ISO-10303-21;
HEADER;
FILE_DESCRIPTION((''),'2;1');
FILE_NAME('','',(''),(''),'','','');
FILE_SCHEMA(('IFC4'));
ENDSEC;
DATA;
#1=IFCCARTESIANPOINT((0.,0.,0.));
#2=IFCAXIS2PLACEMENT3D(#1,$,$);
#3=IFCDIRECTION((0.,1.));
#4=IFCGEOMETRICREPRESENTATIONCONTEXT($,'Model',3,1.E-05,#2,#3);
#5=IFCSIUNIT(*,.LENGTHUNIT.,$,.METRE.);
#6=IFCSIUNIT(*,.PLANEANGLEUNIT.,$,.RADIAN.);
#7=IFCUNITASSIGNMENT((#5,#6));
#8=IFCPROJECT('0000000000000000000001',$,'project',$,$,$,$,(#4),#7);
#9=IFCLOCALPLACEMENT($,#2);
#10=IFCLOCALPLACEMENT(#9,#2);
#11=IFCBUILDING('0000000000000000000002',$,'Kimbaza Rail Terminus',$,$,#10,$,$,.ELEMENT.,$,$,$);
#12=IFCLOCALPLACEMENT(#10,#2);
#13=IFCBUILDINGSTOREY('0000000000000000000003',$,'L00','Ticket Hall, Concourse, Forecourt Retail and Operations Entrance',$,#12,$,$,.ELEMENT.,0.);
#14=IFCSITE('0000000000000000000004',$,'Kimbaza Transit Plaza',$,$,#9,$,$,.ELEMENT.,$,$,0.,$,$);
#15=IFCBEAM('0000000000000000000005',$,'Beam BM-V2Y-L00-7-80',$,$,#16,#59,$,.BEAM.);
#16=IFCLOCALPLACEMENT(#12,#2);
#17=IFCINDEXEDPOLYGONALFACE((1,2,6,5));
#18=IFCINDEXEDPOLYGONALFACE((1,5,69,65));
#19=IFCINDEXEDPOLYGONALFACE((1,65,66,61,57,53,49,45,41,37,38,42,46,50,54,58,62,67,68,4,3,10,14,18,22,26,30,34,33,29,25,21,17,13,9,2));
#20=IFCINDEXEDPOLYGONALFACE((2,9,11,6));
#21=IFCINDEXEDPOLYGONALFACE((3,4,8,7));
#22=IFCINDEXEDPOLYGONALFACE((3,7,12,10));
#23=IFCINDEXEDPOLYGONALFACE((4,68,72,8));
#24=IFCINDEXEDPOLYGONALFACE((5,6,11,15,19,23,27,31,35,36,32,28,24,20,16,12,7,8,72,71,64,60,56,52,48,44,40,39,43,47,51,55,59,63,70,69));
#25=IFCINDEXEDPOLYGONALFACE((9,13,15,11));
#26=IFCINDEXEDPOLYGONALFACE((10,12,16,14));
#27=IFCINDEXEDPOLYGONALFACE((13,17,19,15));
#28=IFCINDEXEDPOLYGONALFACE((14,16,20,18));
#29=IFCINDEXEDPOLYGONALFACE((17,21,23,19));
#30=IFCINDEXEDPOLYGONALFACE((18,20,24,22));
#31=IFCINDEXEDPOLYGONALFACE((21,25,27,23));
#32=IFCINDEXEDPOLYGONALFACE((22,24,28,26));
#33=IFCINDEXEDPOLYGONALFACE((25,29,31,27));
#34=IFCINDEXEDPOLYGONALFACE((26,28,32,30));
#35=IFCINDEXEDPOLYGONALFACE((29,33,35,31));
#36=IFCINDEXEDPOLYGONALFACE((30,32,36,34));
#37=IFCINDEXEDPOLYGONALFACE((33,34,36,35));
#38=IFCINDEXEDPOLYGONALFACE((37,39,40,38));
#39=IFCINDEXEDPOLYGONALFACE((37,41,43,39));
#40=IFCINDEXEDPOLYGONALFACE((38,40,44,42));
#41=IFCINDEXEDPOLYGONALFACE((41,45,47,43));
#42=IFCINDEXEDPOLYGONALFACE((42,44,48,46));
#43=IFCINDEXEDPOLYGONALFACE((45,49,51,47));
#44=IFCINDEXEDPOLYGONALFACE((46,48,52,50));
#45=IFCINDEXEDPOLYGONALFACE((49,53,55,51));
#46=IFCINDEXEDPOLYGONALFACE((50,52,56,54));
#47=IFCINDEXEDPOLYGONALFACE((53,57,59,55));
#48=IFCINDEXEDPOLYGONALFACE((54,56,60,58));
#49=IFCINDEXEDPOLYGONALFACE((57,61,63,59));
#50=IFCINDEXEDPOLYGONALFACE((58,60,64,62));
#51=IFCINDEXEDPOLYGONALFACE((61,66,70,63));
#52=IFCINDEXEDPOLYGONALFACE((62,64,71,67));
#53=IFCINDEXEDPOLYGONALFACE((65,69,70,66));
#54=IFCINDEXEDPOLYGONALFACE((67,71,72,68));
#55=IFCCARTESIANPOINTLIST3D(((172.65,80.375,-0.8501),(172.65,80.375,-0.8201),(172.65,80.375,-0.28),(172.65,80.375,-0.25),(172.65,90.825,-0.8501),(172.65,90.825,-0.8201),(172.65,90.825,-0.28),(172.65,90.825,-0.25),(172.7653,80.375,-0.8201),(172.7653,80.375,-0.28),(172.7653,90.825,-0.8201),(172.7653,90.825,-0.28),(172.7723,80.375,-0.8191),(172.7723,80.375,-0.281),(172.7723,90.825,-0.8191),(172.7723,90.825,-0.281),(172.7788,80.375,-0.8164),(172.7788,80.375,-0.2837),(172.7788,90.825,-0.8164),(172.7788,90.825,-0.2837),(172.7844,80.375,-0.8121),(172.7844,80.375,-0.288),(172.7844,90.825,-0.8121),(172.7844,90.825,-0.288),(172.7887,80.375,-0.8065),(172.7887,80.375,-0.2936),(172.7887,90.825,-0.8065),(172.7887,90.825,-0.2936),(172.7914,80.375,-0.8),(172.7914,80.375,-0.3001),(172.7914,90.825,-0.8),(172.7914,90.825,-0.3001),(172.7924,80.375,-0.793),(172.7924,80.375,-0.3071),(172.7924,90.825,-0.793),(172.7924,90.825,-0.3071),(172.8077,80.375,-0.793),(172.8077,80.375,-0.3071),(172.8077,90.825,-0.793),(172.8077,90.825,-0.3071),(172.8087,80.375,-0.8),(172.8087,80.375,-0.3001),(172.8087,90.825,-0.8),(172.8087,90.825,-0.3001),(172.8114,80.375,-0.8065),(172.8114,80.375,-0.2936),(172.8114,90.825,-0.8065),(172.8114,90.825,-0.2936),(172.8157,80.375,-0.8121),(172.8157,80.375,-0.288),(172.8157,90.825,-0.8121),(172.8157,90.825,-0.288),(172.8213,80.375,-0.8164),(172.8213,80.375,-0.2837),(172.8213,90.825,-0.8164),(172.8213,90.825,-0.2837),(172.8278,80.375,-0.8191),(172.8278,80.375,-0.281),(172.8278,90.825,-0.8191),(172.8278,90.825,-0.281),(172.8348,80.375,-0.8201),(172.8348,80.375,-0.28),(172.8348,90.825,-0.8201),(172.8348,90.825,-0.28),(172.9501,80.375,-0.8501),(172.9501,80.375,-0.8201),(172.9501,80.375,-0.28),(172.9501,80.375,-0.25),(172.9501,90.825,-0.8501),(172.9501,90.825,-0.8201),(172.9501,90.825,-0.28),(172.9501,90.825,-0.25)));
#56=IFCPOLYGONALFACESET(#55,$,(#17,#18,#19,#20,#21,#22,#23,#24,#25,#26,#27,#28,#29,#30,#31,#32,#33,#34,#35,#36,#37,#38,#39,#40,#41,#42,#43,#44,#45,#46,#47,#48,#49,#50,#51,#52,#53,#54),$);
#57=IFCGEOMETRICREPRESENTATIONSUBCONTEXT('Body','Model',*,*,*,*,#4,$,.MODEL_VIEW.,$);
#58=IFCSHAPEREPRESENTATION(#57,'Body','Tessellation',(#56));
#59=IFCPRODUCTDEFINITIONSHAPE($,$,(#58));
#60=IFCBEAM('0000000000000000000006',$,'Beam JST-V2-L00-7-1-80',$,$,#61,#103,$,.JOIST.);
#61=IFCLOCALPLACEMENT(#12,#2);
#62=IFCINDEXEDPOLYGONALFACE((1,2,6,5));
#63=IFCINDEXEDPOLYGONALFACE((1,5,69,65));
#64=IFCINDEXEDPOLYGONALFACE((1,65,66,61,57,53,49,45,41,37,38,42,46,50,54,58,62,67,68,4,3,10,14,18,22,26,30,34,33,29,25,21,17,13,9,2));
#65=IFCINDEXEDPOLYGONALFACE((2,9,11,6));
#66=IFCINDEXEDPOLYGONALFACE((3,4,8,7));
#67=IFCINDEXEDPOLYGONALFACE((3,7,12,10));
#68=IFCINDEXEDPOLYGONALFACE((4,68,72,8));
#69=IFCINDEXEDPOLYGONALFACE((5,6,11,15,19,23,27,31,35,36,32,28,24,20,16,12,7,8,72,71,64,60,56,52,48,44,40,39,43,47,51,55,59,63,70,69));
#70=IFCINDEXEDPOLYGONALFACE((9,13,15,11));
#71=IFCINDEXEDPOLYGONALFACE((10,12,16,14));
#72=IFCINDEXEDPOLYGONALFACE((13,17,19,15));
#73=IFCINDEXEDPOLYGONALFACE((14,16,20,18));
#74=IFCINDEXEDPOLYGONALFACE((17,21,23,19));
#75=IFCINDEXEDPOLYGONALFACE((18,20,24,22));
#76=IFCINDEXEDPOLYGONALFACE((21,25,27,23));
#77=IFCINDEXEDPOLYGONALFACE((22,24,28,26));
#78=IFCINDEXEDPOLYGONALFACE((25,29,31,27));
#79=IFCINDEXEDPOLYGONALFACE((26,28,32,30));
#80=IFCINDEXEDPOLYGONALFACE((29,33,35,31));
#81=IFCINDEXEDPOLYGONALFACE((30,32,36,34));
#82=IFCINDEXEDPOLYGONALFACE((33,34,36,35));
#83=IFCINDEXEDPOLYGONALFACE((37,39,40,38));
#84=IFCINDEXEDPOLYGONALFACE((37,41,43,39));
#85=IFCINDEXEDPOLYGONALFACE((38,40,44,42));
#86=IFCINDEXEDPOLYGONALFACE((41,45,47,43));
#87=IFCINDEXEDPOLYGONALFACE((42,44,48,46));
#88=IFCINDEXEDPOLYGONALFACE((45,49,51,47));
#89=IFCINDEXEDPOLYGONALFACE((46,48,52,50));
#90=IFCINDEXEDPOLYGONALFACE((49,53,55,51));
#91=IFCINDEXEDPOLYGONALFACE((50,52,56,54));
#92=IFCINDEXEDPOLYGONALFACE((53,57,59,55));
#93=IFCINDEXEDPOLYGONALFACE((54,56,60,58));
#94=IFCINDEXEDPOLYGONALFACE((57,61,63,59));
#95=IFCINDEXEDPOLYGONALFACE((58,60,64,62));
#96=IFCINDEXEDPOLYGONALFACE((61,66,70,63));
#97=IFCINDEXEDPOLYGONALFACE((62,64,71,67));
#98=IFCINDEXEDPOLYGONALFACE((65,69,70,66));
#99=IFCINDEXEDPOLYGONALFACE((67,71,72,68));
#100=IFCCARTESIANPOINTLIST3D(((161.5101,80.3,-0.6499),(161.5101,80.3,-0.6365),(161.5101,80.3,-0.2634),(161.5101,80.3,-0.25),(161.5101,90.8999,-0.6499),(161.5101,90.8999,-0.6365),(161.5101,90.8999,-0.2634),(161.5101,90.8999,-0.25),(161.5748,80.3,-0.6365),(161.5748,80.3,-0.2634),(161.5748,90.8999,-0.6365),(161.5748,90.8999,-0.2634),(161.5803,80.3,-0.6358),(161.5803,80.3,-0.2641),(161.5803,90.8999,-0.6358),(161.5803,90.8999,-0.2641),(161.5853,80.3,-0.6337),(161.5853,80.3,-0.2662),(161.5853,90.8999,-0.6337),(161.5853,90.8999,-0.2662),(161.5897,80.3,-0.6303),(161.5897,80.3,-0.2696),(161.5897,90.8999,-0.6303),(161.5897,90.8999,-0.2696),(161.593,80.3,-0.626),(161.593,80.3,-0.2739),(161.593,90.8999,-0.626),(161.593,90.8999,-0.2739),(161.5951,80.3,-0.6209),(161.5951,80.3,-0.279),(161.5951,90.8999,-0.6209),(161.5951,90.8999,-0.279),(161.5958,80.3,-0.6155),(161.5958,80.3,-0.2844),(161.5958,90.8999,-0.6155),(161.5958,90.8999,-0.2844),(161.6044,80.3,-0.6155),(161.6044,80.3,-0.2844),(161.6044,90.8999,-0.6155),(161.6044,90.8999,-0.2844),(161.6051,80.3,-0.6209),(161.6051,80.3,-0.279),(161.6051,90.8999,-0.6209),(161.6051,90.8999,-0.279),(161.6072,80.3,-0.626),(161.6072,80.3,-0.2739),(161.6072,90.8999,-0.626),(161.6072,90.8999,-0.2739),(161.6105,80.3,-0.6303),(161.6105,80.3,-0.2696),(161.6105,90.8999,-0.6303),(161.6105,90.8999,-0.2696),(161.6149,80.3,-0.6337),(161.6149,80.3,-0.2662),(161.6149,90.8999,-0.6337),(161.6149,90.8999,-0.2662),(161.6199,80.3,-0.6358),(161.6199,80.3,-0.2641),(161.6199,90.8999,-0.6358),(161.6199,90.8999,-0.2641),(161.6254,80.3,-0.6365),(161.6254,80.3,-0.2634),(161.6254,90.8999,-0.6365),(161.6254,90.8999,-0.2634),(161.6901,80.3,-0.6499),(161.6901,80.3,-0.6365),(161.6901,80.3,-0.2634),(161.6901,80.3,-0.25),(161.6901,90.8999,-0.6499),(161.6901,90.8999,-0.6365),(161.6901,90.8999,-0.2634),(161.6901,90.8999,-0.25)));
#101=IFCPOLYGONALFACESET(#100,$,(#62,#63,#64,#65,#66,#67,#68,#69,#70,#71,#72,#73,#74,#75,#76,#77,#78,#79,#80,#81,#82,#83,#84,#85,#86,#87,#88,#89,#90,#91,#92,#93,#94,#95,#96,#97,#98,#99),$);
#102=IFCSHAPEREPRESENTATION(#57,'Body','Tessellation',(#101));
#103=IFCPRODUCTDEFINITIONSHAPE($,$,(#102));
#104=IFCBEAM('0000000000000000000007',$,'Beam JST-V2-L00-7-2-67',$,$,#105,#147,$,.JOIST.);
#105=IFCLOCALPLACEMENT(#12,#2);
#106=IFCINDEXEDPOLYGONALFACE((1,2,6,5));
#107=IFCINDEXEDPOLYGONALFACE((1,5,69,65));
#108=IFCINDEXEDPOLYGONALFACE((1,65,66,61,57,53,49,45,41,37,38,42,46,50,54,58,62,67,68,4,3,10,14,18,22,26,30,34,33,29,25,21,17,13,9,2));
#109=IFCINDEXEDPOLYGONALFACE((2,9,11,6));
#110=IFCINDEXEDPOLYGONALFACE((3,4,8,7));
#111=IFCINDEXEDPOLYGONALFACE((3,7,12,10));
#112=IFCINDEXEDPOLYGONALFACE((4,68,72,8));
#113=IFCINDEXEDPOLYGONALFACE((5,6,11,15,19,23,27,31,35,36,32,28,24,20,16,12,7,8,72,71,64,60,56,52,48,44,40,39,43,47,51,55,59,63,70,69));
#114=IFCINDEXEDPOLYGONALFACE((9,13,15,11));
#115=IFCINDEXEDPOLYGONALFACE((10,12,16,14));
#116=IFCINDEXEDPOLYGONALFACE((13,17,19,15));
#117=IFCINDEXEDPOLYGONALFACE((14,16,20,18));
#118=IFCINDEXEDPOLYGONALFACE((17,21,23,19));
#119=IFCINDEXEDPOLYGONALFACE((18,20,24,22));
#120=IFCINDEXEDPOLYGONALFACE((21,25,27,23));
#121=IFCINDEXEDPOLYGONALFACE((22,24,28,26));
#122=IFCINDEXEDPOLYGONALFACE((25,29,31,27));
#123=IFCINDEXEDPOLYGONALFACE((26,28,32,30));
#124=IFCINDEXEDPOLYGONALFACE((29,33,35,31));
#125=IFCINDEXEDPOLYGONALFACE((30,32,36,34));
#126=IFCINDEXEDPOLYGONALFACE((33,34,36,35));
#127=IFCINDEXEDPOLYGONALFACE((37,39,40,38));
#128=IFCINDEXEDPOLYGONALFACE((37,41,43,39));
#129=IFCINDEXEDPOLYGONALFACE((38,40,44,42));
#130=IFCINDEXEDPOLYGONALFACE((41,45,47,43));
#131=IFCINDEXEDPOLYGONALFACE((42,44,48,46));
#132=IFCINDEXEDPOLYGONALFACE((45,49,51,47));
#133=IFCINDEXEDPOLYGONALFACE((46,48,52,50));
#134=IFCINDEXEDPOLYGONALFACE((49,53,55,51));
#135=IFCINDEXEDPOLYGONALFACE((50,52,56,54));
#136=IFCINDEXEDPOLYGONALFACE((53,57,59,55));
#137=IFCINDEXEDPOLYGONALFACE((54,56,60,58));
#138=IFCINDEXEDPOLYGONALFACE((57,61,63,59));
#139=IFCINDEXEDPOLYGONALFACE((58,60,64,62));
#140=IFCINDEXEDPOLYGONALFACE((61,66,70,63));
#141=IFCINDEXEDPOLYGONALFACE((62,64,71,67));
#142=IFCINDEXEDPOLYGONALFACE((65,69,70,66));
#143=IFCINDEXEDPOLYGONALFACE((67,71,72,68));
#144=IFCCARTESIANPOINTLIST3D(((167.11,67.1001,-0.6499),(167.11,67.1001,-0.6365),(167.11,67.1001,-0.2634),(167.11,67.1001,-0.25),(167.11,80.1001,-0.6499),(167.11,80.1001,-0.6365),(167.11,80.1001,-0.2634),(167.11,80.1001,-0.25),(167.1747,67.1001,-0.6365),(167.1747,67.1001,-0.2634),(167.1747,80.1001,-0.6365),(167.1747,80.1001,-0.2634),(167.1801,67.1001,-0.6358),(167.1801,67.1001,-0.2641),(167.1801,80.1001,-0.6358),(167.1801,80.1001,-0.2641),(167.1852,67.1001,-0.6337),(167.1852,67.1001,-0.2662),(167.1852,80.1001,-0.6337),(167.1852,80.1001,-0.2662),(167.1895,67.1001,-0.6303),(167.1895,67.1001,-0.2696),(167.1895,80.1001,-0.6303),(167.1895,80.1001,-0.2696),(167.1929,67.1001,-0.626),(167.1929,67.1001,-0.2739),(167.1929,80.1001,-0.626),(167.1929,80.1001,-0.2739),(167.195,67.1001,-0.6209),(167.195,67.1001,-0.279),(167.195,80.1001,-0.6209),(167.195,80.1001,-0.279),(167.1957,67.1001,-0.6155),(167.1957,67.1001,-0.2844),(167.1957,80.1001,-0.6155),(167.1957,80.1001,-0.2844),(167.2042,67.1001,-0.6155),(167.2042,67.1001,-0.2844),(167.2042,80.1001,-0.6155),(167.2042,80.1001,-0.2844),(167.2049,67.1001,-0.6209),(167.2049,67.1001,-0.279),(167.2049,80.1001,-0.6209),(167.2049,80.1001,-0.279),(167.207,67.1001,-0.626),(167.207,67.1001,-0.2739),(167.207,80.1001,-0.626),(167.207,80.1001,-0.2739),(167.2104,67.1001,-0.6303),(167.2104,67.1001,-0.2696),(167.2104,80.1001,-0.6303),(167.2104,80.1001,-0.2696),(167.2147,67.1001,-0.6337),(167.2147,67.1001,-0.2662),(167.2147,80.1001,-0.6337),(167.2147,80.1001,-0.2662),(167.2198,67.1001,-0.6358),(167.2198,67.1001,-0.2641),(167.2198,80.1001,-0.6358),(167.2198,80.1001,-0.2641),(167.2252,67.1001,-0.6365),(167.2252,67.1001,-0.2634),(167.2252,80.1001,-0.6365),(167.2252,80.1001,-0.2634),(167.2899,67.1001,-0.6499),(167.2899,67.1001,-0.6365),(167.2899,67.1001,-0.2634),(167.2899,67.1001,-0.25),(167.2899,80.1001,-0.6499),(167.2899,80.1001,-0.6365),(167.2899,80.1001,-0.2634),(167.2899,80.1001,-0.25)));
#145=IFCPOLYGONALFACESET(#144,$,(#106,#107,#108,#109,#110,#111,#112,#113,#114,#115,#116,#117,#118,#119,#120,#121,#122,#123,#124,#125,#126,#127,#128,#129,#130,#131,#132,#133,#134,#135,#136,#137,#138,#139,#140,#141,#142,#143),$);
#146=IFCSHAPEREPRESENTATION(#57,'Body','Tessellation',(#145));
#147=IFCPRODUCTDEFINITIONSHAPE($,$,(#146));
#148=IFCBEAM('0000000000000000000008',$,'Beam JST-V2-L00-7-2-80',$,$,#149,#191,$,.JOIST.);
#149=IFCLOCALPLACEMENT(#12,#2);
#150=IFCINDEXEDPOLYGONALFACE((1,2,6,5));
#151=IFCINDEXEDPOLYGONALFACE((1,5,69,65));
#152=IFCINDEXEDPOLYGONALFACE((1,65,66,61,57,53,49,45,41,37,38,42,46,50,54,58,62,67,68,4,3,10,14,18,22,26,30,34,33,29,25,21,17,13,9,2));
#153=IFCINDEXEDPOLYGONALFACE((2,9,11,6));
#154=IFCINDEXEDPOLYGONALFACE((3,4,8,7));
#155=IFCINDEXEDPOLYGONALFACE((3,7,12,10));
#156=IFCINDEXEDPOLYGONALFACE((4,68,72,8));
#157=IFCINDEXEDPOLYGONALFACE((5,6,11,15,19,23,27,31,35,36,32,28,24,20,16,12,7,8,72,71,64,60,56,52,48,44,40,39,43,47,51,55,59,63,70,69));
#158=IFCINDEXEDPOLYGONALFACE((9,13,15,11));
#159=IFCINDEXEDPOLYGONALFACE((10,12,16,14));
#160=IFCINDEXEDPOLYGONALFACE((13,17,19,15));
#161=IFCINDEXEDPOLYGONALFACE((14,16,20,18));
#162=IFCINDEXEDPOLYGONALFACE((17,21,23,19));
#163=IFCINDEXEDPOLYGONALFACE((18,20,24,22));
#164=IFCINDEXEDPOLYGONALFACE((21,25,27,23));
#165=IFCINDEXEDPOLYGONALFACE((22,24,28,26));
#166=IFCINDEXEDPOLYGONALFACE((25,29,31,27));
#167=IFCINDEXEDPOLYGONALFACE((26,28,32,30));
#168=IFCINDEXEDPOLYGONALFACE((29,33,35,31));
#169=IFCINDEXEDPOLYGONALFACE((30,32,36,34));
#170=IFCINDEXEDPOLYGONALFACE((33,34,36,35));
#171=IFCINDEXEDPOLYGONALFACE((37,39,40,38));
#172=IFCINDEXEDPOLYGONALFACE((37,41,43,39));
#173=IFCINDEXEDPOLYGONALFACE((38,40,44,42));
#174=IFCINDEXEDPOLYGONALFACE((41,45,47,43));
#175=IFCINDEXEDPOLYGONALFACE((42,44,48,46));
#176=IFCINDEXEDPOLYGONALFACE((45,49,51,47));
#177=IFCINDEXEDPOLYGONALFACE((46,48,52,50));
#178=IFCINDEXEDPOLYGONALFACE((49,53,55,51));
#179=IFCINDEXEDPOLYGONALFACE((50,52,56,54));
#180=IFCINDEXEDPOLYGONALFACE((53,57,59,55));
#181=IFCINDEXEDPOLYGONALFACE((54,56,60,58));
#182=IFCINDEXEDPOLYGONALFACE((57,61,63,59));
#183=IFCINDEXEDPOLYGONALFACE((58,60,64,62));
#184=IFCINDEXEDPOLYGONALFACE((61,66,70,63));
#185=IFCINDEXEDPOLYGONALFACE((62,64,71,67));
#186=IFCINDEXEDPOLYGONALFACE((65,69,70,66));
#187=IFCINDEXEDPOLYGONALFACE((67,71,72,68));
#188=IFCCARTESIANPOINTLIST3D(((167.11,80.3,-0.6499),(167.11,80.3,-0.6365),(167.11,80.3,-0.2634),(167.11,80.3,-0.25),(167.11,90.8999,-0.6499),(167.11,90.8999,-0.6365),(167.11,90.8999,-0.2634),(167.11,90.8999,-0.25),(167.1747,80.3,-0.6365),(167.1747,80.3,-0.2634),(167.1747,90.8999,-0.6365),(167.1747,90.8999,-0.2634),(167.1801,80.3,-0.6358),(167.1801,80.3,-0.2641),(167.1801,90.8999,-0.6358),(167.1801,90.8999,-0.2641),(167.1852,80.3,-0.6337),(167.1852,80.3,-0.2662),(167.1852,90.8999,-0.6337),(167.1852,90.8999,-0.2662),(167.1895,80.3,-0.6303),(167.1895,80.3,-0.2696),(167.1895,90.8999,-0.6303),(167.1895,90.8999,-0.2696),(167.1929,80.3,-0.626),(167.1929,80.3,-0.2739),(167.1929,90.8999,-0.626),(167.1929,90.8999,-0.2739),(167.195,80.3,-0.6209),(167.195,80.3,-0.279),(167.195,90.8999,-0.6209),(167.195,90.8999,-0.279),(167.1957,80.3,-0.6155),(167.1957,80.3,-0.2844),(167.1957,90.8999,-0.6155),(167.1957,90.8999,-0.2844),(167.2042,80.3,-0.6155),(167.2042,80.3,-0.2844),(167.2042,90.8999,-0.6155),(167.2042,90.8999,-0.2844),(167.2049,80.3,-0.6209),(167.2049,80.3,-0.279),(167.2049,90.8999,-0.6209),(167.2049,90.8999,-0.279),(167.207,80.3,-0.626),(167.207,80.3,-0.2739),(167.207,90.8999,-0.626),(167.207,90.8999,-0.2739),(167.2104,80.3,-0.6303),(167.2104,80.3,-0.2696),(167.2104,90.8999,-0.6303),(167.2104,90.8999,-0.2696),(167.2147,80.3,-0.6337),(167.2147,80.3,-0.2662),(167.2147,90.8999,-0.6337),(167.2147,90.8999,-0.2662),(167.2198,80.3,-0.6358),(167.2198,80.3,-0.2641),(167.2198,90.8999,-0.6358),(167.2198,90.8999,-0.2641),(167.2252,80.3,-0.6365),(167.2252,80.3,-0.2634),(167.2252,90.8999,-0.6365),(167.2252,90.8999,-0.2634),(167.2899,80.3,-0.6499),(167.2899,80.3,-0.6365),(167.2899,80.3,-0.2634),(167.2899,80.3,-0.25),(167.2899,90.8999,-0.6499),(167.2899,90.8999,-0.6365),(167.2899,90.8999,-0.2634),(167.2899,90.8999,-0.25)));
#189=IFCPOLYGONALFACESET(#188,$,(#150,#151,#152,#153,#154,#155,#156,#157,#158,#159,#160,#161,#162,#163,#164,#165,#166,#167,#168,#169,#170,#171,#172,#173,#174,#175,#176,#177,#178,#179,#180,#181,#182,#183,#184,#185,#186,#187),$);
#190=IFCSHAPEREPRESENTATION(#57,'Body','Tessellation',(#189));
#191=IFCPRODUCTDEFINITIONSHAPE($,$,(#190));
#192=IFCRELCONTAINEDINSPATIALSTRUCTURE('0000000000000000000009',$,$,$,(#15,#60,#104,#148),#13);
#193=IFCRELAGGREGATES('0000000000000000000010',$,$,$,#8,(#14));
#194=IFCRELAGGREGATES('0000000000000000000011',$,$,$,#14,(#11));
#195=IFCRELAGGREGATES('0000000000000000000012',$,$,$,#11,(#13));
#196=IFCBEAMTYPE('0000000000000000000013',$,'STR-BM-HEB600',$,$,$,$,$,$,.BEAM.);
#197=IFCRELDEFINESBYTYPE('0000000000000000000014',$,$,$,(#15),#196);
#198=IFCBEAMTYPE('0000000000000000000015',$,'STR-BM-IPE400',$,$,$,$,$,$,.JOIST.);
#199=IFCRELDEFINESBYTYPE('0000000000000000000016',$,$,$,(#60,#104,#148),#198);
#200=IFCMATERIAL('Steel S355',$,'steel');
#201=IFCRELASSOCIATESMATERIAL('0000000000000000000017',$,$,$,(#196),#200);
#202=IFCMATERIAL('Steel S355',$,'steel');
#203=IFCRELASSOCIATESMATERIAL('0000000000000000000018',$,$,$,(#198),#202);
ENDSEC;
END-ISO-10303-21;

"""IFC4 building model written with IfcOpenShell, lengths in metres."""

from ifc_helpers import new_model, si_unit, direction, frame, origin, origin_2d, place, context, subcontext, project, spatial, i_section, extrude, material, material_profile, profile_set, type_object, element, save


model = new_model("IFC4")

# Units and contexts
model_context = context("Model", 3, precision=1e-05, world=origin(), true_north=direction((0.0, 1.0)))
body_context = subcontext(model_context, "Body", "Model", "MODEL_VIEW")
ifc_project = project(units=[si_unit("LENGTHUNIT", "METRE"), si_unit("PLANEANGLEUNIT", "RADIAN")], contexts=[model_context])

# Site, building, storey
site_placement = place(None, origin())
site = spatial("IfcSite", under=ifc_project, at=site_placement, Name="Kimbaza Transit Plaza", CompositionType="ELEMENT", RefElevation=0.0)
building_placement = place(site_placement, origin())
building = spatial("IfcBuilding", under=site, at=building_placement, Name="Kimbaza Rail Terminus", CompositionType="ELEMENT")
storey_placement = place(building_placement, origin())
storey = spatial("IfcBuildingStorey", under=building, at=storey_placement, Name="L00", Description="Ticket Hall, Concourse, Forecourt Retail and Operations Entrance", CompositionType="ELEMENT", Elevation=0.0)

# Beams
ifc_material_1 = material(Name="Steel S355", Category="steel")
ifc_material_profile_1 = material_profile(ifc_material_1, i_section(OverallWidth=0.3, OverallDepth=0.6001, WebThickness=0.0154, FlangeThickness=0.03, FilletRadius=0.0271, at=origin_2d()), Name="HEB 600")
ifc_profile_set_1 = profile_set([ifc_material_profile_1], Name="Steel S355")
beam_type_1 = type_object("IfcBeamType", Name="STR-BM-HEB600", PredefinedType="BEAM", material=ifc_profile_set_1)
beam_1_placement = place(storey_placement, frame((172.8, 80.375, -0.55), z_axis=(0.0, 1.0, 0.0), x_axis=(-1.0, 0.0, 0.0)))
element("IfcBeam", 1, at=beam_1_placement, inside=storey, type_object=beam_type_1, Name="Beam BM-V2Y-L00-7-80", PredefinedType="BEAM", context=body_context, shape_type="SweptSolid", body=[
    extrude(i_section(OverallWidth=0.3, OverallDepth=0.6001, WebThickness=0.0154, FlangeThickness=0.03, FilletRadius=0.0271, at=origin_2d()), origin(), (0.0, 0.0, 1.0), 10.45),
])
ifc_material_2 = material(Name="Steel S355", Category="steel")
ifc_material_profile_2 = material_profile(ifc_material_2, i_section(OverallWidth=0.1799, OverallDepth=0.3999, WebThickness=0.0085, FlangeThickness=0.0134, FilletRadius=0.021, at=origin_2d()), Name="IPE 400")
ifc_profile_set_2 = profile_set([ifc_material_profile_2], Name="Steel S355")
beam_type_2 = type_object("IfcBeamType", Name="STR-BM-IPE400", PredefinedType="JOIST", material=ifc_profile_set_2)
beam_2_placement = place(storey_placement, frame((161.6001, 80.3, -0.45), z_axis=(0.0, 1.0, 0.0), x_axis=(-1.0, 0.0, 0.0)))
element("IfcBeam", 2, at=beam_2_placement, inside=storey, type_object=beam_type_2, Name="Beam JST-V2-L00-7-1-80", PredefinedType="JOIST", context=body_context, shape_type="SweptSolid", body=[
    extrude(i_section(OverallWidth=0.1799, OverallDepth=0.3999, WebThickness=0.0085, FlangeThickness=0.0134, FilletRadius=0.021, at=origin_2d()), origin(), (0.0, 0.0, 1.0), 10.5999),
])
beam_3_placement = place(storey_placement, frame((167.2, 67.1001, -0.45), z_axis=(0.0, 1.0, 0.0), x_axis=(-1.0, 0.0, 0.0)))
element("IfcBeam", 3, at=beam_3_placement, inside=storey, type_object=beam_type_2, Name="Beam JST-V2-L00-7-2-67", PredefinedType="JOIST", context=body_context, shape_type="SweptSolid", body=[
    extrude(i_section(OverallWidth=0.1799, OverallDepth=0.3999, WebThickness=0.0085, FlangeThickness=0.0134, FilletRadius=0.021, at=origin_2d()), origin(), (0.0, 0.0, 1.0), 13.0),
])
beam_4_placement = place(storey_placement, frame((167.2, 80.3, -0.45), z_axis=(0.0, 1.0, 0.0), x_axis=(-1.0, 0.0, 0.0)))
element("IfcBeam", 4, at=beam_4_placement, inside=storey, type_object=beam_type_2, Name="Beam JST-V2-L00-7-2-80", PredefinedType="JOIST", context=body_context, shape_type="SweptSolid", body=[
    extrude(i_section(OverallWidth=0.1799, OverallDepth=0.3999, WebThickness=0.0085, FlangeThickness=0.0134, FilletRadius=0.021, at=origin_2d()), origin(), (0.0, 0.0, 1.0), 10.5999),
])

save(model, "model.ifc")
